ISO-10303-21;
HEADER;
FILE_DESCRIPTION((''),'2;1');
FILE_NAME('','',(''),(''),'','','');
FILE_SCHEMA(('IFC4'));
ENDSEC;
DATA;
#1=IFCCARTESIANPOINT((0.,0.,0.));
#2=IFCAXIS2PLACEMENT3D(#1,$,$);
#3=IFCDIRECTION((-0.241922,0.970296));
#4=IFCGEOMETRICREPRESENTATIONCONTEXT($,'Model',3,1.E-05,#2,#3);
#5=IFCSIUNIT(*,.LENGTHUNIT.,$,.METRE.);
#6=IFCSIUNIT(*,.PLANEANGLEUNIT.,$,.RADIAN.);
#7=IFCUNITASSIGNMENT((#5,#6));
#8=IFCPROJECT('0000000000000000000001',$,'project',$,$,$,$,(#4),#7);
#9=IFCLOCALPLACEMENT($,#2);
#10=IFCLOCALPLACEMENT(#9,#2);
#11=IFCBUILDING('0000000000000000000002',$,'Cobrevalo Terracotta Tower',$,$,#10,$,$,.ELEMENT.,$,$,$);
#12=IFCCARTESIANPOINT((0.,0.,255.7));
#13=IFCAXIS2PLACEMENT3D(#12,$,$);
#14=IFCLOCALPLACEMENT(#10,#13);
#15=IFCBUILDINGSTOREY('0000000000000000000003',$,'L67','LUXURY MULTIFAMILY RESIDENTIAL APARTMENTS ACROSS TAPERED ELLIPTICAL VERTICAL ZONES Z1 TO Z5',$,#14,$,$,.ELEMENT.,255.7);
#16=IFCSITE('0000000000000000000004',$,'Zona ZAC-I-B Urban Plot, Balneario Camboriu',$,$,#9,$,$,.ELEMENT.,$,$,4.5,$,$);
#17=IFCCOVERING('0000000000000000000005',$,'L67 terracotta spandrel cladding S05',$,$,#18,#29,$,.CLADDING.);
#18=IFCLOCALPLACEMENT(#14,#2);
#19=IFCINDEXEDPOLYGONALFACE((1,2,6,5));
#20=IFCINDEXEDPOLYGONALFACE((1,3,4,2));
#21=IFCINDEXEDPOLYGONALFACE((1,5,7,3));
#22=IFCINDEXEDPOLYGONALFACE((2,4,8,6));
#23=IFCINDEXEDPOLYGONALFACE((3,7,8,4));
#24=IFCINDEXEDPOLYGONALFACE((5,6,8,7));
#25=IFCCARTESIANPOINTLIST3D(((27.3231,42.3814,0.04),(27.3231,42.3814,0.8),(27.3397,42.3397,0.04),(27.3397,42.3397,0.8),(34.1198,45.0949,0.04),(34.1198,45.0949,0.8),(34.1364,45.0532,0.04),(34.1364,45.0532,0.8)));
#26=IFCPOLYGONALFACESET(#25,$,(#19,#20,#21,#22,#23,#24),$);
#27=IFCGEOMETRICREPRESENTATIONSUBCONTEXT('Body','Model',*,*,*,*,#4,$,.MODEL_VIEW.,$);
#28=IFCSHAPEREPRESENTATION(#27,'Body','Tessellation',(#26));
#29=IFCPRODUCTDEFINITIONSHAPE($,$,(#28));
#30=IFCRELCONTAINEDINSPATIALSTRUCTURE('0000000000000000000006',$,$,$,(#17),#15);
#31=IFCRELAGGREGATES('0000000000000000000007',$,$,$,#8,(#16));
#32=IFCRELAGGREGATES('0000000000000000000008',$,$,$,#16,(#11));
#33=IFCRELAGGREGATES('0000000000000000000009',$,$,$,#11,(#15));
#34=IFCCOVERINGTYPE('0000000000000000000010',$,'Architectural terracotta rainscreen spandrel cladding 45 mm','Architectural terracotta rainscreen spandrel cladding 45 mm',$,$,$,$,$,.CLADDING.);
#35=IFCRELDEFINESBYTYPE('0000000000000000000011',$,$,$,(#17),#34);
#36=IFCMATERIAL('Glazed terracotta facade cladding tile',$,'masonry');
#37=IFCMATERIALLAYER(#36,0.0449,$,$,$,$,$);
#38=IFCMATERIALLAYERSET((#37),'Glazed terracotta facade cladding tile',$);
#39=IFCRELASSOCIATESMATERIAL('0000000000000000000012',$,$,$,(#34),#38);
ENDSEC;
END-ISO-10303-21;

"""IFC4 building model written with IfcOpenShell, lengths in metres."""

from ifc_helpers import new_model, si_unit, direction, frame, origin, origin_2d, place, context, subcontext, project, spatial, rectangle, extrude, source, transform, mapped, material, layer, layer_set, type_object, element, save


model = new_model("IFC4")

# Units and contexts
model_context = context("Model", 3, precision=1e-05, world=origin(), true_north=direction((-0.241922, 0.970296)))
body_context = subcontext(model_context, "Body", "Model", "MODEL_VIEW")
ifc_project = project(units=[si_unit("LENGTHUNIT", "METRE"), si_unit("PLANEANGLEUNIT", "RADIAN")], contexts=[model_context])

# Site, building, storey
site_placement = place(None, origin())
site = spatial("IfcSite", under=ifc_project, at=site_placement, Name="Zona ZAC-I-B Urban Plot, Balneario Camboriu", CompositionType="ELEMENT", RefElevation=4.5)
building_placement = place(site_placement, origin())
building = spatial("IfcBuilding", under=site, at=building_placement, Name="Cobrevalo Terracotta Tower", CompositionType="ELEMENT")
storey_placement = place(building_placement, frame((0.0, 0.0, 255.7)))
storey = spatial("IfcBuildingStorey", under=building, at=storey_placement, Name="L67", Description="LUXURY MULTIFAMILY RESIDENTIAL APARTMENTS ACROSS TAPERED ELLIPTICAL VERTICAL ZONES Z1 TO Z5", CompositionType="ELEMENT", Elevation=255.7)

# Covering
ifc_material_1 = material(Name="Glazed terracotta facade cladding tile", Category="masonry")
ifc_layer_1 = layer(ifc_material_1, 0.0449)
ifc_layer_set_1 = layer_set([ifc_layer_1], Name="Glazed terracotta facade cladding tile")
covering_type = type_object("IfcCoveringType", Name="Architectural terracotta rainscreen spandrel cladding 45 mm", Description="Architectural terracotta rainscreen spandrel cladding 45 mm", PredefinedType="CLADDING", material=ifc_layer_set_1)
shared_shape_1 = source(origin(), body_context, "Body", "SweptSolid", [
    extrude(rectangle(XDim=7.3184, YDim=0.0449, at=origin_2d()), origin(), (0.0, 0.0, 1.0), 0.76),
])
covering_placement = place(storey_placement, frame((30.7297, 43.7173, 0.04), z_axis=(0.0, 0.0, 1.0), x_axis=(-0.928718, -0.370786, 0.0)))
element("IfcCovering", 1, at=covering_placement, inside=storey, type_object=covering_type, Name="L67 terracotta spandrel cladding S05", PredefinedType="CLADDING", context=body_context, shape_type="MappedRepresentation", body=[
    mapped(shared_shape_1, transform((0.0, 0.0, 0.0), scale=1.0)),
])

save(model, "model.ifc")
